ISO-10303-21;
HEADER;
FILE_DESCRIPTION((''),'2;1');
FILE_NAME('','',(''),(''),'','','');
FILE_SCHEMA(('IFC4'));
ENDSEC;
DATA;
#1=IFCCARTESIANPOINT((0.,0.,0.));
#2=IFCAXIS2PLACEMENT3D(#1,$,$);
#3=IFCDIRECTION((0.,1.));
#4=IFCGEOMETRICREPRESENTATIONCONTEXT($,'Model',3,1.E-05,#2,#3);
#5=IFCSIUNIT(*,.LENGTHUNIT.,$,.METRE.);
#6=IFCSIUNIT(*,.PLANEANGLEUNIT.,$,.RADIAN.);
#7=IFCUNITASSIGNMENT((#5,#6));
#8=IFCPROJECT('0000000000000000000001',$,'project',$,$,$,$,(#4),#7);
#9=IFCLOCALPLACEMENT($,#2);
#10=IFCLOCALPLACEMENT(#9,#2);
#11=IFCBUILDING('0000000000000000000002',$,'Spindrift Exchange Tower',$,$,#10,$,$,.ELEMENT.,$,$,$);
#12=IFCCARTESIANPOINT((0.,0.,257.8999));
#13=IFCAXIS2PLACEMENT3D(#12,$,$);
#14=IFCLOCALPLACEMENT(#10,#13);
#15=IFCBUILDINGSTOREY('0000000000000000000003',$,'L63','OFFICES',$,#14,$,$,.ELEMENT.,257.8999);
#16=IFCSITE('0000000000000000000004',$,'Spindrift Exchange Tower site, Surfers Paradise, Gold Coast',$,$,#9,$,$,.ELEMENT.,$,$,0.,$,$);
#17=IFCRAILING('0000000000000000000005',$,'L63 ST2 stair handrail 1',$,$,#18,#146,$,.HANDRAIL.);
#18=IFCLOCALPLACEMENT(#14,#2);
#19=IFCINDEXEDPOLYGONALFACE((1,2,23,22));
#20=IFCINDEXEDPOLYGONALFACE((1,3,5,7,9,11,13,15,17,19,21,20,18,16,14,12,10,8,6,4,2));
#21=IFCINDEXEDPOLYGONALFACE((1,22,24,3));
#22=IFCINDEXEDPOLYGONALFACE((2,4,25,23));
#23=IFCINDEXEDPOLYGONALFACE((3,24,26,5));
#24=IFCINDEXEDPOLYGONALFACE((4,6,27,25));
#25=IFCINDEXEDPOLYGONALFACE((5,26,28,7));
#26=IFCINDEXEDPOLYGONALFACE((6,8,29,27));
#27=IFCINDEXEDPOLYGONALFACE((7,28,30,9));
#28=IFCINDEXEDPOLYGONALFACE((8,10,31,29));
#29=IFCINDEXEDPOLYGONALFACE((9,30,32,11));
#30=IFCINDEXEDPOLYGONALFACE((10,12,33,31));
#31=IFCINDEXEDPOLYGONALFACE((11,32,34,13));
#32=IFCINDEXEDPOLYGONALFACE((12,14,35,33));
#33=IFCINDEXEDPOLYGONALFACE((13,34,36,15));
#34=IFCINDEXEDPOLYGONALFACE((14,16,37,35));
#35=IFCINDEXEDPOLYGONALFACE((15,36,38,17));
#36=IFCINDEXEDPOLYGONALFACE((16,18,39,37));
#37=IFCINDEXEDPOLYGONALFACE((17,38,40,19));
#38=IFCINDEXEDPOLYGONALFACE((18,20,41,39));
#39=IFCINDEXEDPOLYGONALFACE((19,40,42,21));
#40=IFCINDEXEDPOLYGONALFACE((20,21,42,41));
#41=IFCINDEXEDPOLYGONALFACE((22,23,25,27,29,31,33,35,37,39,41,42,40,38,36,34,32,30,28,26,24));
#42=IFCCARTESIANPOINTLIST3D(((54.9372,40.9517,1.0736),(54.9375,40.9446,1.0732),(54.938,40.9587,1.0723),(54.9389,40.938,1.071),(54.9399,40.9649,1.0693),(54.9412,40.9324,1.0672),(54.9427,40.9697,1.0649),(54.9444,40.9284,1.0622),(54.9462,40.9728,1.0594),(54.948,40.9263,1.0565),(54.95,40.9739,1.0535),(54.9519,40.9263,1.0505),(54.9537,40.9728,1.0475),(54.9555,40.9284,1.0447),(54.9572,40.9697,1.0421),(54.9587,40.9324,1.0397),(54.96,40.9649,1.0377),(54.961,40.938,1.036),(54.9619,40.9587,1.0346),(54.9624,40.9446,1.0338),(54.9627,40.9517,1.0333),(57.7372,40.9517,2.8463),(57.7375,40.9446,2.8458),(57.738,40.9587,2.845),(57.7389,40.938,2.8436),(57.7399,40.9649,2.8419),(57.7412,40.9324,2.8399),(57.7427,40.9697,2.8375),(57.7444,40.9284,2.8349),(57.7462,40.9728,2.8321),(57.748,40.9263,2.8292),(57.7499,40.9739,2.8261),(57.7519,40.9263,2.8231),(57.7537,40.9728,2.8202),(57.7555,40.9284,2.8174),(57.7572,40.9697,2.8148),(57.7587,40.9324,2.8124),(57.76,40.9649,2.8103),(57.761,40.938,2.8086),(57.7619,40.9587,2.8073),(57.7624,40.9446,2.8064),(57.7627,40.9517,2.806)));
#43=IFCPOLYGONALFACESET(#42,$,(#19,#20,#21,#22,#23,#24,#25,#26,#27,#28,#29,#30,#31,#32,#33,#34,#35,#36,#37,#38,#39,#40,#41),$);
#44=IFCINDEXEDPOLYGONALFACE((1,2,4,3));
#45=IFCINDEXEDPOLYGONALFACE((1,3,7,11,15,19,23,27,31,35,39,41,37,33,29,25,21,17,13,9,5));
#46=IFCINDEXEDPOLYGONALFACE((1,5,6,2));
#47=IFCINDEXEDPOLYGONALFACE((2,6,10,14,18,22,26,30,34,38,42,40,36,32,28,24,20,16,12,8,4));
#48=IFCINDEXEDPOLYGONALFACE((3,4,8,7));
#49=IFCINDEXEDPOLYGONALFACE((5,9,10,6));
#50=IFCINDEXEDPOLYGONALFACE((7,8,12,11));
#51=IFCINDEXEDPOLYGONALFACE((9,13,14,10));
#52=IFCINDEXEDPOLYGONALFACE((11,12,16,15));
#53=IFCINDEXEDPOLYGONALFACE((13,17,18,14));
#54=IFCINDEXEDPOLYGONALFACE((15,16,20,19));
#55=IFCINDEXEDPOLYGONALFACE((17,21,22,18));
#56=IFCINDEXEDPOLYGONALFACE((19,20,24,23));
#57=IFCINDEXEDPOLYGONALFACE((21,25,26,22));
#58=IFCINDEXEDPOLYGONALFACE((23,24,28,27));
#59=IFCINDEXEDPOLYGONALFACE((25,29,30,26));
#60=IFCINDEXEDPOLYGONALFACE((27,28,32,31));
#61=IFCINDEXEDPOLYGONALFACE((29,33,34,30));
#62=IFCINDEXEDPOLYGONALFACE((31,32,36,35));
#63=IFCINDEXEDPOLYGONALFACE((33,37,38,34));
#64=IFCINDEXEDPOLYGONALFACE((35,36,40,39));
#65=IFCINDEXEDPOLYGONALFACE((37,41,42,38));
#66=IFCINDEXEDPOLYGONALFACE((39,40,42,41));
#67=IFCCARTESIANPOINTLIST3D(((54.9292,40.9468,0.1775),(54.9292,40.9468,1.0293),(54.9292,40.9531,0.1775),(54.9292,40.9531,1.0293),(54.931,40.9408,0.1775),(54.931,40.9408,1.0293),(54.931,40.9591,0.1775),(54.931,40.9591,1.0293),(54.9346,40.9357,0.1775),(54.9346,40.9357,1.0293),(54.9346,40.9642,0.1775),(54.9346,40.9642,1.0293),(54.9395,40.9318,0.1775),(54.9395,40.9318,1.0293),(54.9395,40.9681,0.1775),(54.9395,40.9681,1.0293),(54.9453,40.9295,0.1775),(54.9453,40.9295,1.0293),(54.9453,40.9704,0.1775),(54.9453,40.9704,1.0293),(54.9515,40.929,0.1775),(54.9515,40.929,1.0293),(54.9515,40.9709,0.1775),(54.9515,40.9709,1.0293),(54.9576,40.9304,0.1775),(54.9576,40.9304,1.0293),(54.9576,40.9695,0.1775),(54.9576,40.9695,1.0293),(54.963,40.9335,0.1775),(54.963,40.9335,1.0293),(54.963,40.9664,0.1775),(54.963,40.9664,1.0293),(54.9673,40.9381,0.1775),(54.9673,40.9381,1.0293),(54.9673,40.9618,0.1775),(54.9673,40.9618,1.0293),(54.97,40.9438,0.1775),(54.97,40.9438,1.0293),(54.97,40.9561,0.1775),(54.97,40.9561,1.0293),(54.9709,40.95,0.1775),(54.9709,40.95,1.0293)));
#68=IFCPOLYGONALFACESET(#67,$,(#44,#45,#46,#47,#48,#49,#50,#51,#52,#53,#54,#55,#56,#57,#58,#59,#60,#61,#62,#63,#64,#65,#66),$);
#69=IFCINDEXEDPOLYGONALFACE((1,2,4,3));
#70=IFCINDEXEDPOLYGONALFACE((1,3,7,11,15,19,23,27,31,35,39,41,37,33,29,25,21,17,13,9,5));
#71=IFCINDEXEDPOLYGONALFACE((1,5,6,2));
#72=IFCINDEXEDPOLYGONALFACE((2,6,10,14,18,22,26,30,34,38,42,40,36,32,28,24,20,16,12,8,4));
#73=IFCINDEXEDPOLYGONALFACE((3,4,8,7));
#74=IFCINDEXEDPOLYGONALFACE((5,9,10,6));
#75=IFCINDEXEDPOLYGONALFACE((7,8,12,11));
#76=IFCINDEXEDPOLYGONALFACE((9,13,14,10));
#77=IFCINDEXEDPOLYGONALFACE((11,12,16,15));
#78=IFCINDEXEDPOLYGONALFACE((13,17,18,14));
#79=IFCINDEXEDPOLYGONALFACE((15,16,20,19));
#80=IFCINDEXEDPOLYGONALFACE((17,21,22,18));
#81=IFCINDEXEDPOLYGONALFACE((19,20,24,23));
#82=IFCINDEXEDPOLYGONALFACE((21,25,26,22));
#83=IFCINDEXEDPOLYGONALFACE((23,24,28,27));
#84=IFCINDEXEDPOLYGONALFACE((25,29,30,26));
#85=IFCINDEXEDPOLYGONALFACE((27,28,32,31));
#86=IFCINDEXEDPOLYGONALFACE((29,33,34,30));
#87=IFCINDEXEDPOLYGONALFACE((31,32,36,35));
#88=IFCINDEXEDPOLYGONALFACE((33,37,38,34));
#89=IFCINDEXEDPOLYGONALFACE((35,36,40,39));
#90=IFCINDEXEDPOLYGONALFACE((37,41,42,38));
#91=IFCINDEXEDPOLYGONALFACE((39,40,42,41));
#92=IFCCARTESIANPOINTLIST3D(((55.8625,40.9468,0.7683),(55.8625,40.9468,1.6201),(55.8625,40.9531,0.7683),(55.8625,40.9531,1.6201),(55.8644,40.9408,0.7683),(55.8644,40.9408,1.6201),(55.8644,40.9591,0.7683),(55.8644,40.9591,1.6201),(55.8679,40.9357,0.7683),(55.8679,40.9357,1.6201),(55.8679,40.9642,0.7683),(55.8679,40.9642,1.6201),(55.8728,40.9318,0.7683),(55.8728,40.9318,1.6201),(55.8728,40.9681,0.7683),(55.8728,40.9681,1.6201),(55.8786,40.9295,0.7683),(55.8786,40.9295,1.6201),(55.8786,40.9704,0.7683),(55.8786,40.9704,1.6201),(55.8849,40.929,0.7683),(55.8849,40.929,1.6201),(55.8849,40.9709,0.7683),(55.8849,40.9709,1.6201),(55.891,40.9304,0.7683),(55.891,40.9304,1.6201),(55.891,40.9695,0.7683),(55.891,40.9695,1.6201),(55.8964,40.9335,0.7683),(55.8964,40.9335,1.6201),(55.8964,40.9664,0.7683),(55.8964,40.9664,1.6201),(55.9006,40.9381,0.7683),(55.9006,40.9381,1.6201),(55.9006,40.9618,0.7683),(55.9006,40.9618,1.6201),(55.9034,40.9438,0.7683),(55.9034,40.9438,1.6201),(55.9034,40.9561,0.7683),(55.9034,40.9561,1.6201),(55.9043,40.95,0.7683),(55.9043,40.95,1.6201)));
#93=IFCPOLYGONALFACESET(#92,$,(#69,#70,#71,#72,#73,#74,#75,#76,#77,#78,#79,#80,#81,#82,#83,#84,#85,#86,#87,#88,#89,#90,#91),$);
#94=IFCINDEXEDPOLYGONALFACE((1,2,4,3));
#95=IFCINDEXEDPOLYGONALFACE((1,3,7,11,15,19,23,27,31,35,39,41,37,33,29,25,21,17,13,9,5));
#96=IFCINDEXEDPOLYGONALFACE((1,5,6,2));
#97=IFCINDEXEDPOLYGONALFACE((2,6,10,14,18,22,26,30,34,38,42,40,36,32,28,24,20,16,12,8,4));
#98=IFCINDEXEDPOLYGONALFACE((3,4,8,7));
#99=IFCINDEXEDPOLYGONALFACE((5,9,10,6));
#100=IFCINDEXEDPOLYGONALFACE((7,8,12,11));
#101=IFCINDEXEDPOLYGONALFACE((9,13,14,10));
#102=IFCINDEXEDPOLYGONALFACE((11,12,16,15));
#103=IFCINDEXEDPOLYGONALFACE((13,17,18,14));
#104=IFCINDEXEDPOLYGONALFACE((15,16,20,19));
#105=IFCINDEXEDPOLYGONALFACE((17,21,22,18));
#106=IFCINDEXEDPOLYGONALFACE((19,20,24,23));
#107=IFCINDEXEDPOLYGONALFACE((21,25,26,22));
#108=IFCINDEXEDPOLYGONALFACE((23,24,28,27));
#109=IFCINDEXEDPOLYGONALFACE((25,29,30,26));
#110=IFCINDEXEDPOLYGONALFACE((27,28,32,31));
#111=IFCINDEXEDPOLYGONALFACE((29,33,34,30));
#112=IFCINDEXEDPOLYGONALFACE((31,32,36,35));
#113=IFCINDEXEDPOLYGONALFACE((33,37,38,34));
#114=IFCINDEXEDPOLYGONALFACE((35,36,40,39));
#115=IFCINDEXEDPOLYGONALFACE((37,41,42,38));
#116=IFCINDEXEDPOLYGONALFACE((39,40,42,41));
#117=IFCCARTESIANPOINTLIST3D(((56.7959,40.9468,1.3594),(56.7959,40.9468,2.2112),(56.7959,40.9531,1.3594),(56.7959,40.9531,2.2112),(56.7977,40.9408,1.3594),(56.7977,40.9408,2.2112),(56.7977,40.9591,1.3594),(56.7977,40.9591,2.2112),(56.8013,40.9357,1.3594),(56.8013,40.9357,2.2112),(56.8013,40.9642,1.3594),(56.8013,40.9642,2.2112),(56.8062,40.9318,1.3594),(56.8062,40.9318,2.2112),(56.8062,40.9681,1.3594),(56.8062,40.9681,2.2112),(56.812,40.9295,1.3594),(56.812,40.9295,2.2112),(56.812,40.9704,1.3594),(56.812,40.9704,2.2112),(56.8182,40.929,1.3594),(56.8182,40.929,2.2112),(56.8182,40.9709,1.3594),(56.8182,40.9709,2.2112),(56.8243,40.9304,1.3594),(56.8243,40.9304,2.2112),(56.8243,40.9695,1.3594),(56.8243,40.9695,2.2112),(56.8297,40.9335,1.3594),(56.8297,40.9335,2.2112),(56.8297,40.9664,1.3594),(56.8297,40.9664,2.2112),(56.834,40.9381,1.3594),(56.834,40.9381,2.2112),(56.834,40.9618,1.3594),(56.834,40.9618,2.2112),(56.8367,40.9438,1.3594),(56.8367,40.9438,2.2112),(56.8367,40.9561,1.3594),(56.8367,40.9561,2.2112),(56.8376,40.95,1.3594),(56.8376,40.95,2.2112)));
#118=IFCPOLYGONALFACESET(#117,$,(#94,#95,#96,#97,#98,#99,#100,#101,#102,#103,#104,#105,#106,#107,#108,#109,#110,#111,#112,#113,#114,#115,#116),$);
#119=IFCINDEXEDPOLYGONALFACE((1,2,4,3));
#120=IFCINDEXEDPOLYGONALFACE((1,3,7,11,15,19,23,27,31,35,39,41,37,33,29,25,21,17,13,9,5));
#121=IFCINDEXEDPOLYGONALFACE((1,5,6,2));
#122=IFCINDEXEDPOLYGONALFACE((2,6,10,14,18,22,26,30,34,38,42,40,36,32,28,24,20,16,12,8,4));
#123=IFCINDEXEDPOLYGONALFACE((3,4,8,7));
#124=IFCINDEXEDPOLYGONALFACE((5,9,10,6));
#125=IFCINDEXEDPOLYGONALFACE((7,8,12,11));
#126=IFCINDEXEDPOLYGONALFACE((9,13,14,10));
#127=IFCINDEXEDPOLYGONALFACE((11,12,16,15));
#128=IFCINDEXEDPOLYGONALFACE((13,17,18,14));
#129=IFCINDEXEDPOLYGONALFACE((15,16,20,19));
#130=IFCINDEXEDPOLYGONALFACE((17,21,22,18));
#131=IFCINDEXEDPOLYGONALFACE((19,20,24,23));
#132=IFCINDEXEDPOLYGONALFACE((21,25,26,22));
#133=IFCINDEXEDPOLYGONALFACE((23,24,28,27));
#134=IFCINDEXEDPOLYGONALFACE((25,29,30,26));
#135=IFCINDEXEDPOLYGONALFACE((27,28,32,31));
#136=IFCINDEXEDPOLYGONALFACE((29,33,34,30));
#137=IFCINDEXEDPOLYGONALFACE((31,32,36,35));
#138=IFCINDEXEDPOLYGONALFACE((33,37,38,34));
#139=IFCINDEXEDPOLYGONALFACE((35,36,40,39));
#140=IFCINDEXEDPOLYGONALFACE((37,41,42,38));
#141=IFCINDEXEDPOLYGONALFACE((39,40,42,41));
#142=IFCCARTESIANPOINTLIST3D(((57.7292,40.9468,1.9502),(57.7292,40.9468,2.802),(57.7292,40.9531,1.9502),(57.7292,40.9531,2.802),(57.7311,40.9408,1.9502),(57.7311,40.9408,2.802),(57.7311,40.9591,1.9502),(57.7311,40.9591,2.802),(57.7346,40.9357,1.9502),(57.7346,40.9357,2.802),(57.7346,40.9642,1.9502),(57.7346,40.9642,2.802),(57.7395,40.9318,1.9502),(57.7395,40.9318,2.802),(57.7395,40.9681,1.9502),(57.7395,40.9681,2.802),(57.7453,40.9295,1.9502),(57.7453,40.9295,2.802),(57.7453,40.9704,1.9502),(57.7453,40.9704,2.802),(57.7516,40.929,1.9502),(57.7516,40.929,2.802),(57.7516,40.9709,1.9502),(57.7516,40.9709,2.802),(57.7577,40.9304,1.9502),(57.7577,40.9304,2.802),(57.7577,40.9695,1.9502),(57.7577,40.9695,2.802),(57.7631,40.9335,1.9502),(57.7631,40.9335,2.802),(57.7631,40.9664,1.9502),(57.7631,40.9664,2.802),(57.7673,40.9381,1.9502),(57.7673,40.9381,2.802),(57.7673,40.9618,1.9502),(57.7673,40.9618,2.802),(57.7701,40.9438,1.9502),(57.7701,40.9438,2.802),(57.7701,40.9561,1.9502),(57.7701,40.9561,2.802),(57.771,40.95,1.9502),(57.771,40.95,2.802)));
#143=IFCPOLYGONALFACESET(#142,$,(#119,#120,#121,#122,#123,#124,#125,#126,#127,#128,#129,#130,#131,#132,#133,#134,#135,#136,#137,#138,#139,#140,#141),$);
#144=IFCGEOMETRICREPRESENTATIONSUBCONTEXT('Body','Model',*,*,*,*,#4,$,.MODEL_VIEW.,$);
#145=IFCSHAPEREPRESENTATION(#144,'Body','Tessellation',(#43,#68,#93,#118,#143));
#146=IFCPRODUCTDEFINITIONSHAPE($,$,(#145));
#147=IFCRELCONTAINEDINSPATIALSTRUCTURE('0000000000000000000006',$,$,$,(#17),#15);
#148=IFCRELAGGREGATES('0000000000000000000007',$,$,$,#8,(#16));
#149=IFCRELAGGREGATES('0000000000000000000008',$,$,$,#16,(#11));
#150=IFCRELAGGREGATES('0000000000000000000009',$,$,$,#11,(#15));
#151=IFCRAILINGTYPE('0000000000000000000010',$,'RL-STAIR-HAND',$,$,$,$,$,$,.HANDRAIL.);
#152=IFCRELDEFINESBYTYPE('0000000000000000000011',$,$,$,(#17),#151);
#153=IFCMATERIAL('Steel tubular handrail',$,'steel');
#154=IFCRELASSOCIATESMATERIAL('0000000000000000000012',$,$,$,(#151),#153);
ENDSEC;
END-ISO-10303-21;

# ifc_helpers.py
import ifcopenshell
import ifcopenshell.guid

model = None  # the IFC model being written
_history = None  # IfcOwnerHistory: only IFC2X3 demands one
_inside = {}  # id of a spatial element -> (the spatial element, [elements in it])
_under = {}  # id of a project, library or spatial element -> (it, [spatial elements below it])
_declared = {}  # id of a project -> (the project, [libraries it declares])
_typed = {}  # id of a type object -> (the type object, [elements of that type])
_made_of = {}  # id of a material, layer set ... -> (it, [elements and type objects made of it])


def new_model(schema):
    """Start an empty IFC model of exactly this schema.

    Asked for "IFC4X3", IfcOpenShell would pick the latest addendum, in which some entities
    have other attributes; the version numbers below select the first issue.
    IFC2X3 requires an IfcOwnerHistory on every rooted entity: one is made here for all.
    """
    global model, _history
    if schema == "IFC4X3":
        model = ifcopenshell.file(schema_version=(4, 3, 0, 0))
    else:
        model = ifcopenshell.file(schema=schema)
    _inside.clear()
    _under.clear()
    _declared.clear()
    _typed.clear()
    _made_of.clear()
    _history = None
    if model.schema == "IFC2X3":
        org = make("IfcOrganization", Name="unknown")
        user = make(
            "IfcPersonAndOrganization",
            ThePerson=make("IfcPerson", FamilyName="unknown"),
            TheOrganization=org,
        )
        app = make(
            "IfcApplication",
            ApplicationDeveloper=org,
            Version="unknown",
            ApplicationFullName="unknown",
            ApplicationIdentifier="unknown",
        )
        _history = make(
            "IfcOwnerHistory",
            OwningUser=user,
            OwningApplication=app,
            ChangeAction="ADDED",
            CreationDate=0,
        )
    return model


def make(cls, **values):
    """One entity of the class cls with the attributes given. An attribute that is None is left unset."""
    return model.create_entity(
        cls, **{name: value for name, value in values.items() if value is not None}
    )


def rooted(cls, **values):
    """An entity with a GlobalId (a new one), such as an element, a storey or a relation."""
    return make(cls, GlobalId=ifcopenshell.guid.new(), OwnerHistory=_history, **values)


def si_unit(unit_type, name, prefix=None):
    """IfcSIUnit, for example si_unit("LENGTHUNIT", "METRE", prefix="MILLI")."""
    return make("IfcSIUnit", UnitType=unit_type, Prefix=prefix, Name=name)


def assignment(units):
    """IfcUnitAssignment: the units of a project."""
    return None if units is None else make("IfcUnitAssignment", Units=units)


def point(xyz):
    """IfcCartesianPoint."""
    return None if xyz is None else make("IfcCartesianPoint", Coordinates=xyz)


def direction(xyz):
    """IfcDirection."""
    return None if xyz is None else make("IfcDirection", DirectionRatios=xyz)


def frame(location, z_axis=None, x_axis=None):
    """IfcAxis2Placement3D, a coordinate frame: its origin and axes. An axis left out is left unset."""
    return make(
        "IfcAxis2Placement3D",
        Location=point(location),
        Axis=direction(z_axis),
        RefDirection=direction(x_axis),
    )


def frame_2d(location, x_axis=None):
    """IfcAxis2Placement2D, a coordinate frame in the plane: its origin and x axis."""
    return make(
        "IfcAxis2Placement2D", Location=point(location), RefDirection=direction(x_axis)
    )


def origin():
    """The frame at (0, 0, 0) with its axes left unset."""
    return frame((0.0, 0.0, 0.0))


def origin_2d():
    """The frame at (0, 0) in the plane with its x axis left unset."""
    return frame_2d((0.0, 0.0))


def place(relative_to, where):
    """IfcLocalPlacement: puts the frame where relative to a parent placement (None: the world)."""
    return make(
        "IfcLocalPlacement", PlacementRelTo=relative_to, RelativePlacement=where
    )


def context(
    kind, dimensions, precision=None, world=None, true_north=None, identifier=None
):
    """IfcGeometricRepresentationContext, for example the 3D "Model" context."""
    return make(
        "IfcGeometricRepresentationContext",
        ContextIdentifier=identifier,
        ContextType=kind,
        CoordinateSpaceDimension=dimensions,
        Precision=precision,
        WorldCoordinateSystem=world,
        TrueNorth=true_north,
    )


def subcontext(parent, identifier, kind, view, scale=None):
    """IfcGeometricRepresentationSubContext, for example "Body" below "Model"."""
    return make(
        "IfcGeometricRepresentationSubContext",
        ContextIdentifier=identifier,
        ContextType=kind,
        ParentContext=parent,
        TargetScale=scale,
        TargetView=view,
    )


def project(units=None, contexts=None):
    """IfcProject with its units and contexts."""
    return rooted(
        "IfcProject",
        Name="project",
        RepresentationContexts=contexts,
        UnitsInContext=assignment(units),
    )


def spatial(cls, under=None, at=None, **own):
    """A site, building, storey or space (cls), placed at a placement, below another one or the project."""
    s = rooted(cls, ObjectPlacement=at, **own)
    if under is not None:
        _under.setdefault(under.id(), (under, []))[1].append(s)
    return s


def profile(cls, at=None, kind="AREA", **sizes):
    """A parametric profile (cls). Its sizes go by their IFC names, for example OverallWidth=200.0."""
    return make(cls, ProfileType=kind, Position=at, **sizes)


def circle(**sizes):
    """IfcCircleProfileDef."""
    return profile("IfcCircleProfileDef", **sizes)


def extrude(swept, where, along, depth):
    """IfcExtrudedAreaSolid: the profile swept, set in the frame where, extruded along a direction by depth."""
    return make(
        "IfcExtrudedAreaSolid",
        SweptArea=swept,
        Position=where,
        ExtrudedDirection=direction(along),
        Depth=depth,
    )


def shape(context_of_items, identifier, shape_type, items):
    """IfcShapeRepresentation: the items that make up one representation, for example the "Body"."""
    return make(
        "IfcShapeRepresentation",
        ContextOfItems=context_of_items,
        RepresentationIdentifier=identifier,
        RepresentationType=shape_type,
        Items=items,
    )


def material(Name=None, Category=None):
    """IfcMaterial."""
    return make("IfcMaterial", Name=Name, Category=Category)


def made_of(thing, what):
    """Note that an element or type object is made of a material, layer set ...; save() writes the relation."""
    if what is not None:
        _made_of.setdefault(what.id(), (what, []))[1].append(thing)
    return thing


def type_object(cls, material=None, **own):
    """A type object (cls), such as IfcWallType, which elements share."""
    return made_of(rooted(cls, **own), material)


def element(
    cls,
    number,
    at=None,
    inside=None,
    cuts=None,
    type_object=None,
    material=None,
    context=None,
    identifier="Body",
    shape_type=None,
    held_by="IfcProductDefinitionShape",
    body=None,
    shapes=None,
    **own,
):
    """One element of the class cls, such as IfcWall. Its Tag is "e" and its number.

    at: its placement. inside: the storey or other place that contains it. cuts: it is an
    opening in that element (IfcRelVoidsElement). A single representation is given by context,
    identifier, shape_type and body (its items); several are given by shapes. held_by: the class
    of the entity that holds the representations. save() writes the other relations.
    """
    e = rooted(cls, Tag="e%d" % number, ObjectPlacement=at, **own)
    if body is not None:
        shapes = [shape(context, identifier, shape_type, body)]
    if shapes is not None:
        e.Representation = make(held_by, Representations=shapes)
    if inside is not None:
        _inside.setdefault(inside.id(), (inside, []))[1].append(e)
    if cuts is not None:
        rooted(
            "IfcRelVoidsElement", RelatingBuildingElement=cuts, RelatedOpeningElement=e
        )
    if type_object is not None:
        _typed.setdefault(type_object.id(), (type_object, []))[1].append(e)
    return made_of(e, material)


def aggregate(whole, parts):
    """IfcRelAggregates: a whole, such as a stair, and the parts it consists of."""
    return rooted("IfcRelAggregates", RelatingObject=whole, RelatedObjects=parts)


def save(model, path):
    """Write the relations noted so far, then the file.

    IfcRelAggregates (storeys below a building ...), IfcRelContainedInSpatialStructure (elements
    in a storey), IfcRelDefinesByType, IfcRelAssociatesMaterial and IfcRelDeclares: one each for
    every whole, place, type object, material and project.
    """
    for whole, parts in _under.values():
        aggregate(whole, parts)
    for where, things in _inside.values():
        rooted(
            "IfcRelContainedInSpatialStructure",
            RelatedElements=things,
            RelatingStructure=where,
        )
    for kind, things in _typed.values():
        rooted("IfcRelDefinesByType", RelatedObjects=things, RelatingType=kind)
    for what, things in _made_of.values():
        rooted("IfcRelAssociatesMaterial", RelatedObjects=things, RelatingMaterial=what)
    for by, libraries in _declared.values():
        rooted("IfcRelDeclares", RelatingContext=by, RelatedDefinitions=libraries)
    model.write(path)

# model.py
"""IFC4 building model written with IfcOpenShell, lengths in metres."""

from ifc_helpers import new_model, si_unit, direction, frame, origin, origin_2d, place, context, subcontext, project, spatial, circle, extrude, material, type_object, element, save


model = new_model("IFC4")

# Units and contexts
model_context = context("Model", 3, precision=1e-05, world=origin(), true_north=direction((0.0, 1.0)))
body_context = subcontext(model_context, "Body", "Model", "MODEL_VIEW")
ifc_project = project(units=[si_unit("LENGTHUNIT", "METRE"), si_unit("PLANEANGLEUNIT", "RADIAN")], contexts=[model_context])

# Site, building, storey
site_placement = place(None, origin())
site = spatial("IfcSite", under=ifc_project, at=site_placement, Name="Spindrift Exchange Tower site, Surfers Paradise, Gold Coast", CompositionType="ELEMENT", RefElevation=0.0)
building_placement = place(site_placement, origin())
building = spatial("IfcBuilding", under=site, at=building_placement, Name="Spindrift Exchange Tower", CompositionType="ELEMENT")
storey_placement = place(building_placement, frame((0.0, 0.0, 257.8999)))
storey = spatial("IfcBuildingStorey", under=building, at=storey_placement, Name="L63", Description="OFFICES", CompositionType="ELEMENT", Elevation=257.8999)

# Railing
ifc_material_1 = material(Name="Steel tubular handrail", Category="steel")
railing_type_1 = type_object("IfcRailingType", Name="RL-STAIR-HAND", PredefinedType="HANDRAIL", material=ifc_material_1)
railing_1_placement = place(storey_placement, frame((54.95, 40.95, 0.1775)))
element("IfcRailing", 1, at=railing_1_placement, inside=storey, type_object=railing_type_1, Name="L63 ST2 stair handrail 1", PredefinedType="HANDRAIL", context=body_context, shape_type="SweptSolid", body=[
    extrude(circle(Radius=0.0239, at=origin_2d()), frame((0.0, 0.0, 0.876), z_axis=(0.844909, 0.0, 0.53491), x_axis=(0.0, 1.0, 0.0)), (0.0, 0.0, 1.0), 3.314),
    extrude(circle(Radius=0.021, at=origin_2d()), origin(), (0.0, 0.0, 1.0), 0.8518),
    extrude(circle(Radius=0.021, at=origin_2d()), frame((0.9333, 0.0, 0.5908)), (0.0, 0.0, 1.0), 0.8518),
    extrude(circle(Radius=0.021, at=origin_2d()), frame((1.8667, 0.0, 1.1819)), (0.0, 0.0, 1.0), 0.8518),
    extrude(circle(Radius=0.021, at=origin_2d()), frame((2.8, 0.0, 1.7727)), (0.0, 0.0, 1.0), 0.8518),
])

save(model, "model.ifc")
